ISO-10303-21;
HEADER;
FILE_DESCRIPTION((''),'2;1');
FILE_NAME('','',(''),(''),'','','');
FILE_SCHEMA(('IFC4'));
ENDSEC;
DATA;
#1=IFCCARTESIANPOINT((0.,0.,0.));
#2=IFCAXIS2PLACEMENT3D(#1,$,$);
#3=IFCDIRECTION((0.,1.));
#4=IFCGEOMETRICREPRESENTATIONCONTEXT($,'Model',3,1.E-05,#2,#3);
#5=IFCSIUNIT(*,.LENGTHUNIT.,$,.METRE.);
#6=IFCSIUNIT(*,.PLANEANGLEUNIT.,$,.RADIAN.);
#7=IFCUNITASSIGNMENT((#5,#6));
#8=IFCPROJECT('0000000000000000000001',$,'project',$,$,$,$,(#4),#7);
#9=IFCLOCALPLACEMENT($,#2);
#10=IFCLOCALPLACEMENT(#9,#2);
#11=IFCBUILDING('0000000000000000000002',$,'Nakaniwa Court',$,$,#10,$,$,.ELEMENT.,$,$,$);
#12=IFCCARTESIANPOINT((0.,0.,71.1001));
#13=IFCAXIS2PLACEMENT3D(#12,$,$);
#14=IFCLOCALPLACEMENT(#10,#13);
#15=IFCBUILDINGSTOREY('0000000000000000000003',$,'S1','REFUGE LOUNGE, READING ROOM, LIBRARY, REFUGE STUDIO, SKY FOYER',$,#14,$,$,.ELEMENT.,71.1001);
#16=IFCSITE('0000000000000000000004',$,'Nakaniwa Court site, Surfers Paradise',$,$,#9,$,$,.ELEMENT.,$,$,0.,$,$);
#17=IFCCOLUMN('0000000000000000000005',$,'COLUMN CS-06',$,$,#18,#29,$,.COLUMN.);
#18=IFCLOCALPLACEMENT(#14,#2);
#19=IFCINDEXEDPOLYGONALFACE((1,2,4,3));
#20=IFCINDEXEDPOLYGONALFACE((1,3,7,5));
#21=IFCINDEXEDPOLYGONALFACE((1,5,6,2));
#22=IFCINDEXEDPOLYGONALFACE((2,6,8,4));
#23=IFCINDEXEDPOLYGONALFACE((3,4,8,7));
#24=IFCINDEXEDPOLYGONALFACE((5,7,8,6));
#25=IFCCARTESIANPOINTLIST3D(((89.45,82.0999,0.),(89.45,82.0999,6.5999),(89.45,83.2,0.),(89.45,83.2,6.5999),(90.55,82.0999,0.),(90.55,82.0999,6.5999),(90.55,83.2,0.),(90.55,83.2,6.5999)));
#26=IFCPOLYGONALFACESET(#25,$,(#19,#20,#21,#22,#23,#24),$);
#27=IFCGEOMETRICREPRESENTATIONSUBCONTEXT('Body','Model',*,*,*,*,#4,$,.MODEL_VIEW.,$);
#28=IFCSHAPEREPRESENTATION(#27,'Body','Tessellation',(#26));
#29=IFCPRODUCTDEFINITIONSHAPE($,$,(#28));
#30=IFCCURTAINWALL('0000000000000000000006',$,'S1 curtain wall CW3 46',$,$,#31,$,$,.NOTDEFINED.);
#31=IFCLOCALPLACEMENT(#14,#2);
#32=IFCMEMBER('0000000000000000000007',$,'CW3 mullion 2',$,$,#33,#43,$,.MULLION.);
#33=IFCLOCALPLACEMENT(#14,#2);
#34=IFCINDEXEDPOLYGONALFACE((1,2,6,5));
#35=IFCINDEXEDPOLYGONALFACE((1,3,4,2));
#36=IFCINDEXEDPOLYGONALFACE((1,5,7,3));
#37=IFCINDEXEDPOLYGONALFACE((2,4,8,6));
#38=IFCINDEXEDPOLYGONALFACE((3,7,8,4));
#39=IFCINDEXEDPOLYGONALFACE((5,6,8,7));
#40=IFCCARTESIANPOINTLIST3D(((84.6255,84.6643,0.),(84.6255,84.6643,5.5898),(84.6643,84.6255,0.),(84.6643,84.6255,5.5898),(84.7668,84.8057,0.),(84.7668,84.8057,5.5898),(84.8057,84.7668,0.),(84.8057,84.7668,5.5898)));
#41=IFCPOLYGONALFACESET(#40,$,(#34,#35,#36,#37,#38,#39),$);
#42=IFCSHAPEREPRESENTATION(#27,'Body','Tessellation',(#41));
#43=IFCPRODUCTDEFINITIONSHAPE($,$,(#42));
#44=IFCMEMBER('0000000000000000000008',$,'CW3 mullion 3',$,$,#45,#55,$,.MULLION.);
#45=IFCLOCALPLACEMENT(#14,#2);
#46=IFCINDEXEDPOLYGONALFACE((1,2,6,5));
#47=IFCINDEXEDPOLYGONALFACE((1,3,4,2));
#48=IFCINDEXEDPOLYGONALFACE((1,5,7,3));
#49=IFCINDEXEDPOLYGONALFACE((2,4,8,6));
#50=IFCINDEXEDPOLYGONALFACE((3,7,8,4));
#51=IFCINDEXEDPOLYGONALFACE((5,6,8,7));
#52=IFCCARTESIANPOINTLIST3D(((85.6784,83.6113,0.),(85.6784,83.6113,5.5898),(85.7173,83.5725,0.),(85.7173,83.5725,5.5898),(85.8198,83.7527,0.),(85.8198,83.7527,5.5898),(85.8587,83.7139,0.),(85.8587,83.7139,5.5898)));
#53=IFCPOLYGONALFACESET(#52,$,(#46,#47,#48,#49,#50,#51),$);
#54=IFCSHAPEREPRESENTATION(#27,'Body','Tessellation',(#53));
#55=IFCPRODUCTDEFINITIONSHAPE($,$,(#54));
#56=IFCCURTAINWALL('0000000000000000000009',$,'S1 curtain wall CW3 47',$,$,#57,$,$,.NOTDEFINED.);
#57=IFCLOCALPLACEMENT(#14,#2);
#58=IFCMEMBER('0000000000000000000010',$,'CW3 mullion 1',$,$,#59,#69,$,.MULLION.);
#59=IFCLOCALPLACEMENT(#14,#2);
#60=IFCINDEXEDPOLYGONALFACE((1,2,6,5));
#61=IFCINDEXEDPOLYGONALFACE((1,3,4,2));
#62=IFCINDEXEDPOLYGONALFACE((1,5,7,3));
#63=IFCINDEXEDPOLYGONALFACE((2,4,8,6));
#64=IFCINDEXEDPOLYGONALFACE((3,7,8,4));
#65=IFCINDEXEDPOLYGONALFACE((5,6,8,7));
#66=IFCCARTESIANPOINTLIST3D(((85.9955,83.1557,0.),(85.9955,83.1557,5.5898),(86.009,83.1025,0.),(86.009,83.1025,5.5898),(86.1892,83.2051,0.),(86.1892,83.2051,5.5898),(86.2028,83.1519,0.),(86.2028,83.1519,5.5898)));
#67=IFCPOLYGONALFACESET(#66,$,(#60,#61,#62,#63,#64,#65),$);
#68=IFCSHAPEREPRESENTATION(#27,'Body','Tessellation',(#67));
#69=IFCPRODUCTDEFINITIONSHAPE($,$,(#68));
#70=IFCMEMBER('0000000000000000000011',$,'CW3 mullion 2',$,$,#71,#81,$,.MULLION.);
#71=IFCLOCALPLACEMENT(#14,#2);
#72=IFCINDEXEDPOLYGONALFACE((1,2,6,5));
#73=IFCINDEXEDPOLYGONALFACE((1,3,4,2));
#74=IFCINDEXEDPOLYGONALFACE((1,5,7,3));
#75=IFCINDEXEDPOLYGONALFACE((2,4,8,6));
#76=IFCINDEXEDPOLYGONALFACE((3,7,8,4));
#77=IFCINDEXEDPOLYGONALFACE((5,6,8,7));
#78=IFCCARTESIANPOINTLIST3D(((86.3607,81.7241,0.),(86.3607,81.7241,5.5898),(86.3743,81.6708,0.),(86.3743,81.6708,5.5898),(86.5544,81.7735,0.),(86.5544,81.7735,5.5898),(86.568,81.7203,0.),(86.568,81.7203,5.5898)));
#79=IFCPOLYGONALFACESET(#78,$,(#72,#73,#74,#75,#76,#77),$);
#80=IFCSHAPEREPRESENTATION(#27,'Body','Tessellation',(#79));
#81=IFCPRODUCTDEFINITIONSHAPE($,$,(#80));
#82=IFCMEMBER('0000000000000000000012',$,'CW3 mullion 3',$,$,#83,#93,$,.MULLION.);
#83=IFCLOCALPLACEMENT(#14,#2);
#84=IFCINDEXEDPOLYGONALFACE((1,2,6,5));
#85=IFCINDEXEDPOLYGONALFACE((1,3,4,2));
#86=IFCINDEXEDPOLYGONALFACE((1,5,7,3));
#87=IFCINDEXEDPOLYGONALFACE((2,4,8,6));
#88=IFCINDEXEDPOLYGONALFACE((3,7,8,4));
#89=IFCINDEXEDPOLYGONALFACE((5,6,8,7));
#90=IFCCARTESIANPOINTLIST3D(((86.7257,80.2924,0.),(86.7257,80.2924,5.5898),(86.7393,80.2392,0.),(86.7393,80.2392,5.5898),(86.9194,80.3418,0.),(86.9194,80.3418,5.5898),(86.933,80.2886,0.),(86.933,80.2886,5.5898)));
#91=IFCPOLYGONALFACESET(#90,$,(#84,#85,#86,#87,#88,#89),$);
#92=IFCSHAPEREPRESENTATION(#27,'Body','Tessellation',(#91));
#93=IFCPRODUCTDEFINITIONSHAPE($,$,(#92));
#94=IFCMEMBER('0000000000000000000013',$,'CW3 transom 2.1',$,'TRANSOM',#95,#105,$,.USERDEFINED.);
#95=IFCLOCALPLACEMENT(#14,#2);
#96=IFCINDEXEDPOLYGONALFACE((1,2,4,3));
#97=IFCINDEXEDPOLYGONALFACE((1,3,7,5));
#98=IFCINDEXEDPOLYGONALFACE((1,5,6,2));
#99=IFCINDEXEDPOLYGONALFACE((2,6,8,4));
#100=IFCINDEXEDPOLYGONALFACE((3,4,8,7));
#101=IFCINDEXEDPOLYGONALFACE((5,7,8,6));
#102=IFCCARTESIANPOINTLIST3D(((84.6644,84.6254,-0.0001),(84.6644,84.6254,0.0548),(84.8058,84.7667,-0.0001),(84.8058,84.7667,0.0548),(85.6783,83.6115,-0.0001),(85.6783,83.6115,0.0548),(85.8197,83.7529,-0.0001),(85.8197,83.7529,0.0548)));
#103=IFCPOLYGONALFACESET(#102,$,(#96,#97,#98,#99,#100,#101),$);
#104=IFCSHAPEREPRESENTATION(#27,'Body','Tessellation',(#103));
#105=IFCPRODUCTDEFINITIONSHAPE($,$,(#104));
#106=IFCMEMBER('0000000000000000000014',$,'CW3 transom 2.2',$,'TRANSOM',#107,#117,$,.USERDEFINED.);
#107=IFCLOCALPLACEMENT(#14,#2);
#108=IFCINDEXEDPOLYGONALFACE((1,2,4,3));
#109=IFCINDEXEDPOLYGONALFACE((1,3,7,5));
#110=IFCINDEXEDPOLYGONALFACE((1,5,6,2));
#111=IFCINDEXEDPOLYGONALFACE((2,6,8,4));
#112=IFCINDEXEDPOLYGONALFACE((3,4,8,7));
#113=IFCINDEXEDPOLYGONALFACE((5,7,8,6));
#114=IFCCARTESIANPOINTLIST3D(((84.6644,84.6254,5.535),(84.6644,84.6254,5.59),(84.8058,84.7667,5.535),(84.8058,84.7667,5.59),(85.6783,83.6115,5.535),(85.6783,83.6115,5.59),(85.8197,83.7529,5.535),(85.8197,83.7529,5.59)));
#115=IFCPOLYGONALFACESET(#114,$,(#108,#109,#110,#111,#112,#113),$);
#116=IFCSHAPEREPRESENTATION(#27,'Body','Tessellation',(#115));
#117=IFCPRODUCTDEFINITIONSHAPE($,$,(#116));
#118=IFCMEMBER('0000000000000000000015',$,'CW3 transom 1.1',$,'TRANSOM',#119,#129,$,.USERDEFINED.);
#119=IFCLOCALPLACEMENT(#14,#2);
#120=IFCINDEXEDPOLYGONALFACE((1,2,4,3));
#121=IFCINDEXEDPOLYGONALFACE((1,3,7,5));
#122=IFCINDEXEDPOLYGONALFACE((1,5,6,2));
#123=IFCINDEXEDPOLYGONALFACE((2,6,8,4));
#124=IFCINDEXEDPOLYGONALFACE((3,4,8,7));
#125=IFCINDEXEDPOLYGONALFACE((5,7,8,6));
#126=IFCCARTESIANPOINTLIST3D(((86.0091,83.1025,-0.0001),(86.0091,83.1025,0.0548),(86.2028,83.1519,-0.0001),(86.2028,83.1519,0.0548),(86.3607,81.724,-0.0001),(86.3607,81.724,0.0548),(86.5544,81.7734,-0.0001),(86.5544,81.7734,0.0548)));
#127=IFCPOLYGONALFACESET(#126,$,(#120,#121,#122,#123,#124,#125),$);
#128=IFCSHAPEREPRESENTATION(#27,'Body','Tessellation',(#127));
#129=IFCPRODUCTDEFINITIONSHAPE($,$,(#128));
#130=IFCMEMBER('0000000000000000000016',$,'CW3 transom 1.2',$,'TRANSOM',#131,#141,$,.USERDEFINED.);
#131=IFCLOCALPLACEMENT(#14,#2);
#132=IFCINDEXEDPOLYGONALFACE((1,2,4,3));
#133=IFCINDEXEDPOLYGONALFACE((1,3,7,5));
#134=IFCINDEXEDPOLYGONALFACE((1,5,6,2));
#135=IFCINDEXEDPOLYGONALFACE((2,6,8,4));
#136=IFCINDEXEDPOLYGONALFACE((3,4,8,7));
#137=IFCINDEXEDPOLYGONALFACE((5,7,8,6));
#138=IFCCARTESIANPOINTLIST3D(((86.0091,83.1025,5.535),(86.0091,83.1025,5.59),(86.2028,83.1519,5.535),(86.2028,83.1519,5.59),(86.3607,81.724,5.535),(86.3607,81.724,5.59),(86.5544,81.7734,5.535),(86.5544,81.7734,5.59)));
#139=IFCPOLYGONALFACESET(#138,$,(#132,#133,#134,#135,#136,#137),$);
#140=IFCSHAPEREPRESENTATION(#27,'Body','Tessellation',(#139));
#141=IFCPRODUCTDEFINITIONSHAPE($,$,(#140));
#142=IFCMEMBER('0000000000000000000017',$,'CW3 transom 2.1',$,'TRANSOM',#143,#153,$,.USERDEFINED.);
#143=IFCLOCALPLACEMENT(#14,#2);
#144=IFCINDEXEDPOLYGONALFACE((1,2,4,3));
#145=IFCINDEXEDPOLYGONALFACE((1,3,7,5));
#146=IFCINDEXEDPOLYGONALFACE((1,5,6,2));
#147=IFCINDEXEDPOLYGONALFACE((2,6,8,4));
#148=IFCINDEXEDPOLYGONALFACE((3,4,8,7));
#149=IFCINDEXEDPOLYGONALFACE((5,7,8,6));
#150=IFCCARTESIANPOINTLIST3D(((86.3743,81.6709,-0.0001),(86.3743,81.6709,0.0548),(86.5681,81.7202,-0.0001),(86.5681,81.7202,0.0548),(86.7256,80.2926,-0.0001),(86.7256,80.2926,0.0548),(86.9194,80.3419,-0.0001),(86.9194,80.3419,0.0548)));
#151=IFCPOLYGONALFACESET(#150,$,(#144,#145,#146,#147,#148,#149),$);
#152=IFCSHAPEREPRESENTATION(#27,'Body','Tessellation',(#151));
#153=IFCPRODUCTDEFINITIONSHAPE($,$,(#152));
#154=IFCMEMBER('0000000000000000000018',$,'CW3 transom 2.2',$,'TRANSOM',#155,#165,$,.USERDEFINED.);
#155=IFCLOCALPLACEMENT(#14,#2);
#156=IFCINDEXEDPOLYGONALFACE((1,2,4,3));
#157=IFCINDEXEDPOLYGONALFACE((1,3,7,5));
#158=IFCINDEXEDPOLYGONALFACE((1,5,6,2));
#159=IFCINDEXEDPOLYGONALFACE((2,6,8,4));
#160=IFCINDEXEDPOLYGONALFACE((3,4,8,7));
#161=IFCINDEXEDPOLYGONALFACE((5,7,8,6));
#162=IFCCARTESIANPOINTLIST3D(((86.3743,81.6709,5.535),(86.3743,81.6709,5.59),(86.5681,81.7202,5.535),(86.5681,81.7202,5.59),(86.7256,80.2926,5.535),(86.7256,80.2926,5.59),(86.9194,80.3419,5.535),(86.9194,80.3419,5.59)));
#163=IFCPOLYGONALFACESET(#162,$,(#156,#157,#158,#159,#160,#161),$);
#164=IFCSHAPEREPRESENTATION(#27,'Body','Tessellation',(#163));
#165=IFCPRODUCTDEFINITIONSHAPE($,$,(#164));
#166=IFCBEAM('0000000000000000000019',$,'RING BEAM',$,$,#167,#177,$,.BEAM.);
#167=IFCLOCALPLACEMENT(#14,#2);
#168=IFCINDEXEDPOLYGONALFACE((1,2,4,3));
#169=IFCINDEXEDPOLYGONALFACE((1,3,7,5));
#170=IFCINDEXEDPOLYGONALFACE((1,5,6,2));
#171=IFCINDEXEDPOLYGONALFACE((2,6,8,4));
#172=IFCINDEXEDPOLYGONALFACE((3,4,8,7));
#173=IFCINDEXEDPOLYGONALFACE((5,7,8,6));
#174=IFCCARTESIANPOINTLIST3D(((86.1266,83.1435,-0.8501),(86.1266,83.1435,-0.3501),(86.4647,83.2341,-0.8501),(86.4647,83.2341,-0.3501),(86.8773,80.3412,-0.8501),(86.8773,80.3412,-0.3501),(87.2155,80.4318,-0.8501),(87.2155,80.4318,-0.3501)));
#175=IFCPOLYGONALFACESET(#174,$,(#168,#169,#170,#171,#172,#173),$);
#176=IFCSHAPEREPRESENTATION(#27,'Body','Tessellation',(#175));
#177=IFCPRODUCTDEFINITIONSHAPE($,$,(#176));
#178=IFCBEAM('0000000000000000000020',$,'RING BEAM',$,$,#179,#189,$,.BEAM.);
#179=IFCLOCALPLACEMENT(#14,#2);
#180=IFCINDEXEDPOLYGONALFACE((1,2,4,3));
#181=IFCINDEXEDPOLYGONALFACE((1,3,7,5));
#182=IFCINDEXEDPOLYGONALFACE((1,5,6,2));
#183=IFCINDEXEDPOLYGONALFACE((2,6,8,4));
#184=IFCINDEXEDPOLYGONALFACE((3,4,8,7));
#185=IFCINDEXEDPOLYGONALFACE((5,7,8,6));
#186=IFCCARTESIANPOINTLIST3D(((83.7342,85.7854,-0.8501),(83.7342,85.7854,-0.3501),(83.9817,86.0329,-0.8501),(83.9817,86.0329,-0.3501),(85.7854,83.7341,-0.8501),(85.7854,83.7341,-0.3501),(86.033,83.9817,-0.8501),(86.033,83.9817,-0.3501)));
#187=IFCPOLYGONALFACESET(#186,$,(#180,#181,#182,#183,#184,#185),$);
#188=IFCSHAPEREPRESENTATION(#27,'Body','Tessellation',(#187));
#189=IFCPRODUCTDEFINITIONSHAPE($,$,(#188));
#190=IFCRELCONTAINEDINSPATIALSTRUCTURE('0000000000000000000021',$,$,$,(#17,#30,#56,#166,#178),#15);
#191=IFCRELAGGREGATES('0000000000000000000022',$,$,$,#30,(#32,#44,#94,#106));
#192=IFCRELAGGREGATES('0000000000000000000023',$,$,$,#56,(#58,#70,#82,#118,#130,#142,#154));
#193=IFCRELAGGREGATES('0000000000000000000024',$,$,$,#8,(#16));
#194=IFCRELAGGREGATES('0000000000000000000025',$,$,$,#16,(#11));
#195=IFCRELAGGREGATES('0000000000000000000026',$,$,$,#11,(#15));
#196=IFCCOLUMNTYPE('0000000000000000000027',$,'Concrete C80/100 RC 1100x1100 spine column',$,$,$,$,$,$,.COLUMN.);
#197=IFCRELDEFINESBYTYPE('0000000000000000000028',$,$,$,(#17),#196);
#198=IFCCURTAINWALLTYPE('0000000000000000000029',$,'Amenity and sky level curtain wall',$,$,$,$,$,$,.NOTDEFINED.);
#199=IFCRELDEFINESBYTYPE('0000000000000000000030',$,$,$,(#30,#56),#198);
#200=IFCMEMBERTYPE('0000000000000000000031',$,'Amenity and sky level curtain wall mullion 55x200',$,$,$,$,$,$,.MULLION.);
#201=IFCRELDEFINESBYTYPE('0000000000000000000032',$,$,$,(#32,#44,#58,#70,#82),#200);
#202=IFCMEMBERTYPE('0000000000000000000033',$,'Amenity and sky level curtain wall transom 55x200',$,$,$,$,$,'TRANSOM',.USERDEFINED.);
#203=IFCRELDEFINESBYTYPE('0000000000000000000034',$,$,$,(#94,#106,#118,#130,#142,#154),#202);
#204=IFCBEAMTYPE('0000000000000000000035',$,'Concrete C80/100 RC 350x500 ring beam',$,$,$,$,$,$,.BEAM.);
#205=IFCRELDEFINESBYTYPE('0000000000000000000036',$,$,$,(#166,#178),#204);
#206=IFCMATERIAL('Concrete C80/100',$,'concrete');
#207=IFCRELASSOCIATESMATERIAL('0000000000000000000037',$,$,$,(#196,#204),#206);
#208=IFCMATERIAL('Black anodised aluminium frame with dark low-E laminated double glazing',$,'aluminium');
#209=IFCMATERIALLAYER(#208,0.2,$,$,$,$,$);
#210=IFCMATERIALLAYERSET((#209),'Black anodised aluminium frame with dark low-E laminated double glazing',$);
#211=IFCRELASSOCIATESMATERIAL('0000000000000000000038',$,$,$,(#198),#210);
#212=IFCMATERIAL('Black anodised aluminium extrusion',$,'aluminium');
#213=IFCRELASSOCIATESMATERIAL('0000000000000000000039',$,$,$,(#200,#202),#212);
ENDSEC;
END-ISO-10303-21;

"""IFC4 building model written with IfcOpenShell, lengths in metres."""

from ifc_helpers import new_model, si_unit, direction, frame, origin, origin_2d, place, context, subcontext, project, spatial, rectangle, extrude, material, layer, layer_set, material_profile, profile_set, type_object, element, aggregate, save


model = new_model("IFC4")

# Units and contexts
model_context = context("Model", 3, precision=1e-05, world=origin(), true_north=direction((0.0, 1.0)))
body_context = subcontext(model_context, "Body", "Model", "MODEL_VIEW")
ifc_project = project(units=[si_unit("LENGTHUNIT", "METRE"), si_unit("PLANEANGLEUNIT", "RADIAN")], contexts=[model_context])

# Site, building, storey
site_placement = place(None, origin())
site = spatial("IfcSite", under=ifc_project, at=site_placement, Name="Nakaniwa Court site, Surfers Paradise", CompositionType="ELEMENT", RefElevation=0.0)
building_placement = place(site_placement, origin())
building = spatial("IfcBuilding", under=site, at=building_placement, Name="Nakaniwa Court", CompositionType="ELEMENT")
storey_placement = place(building_placement, frame((0.0, 0.0, 71.1001)))
storey = spatial("IfcBuildingStorey", under=building, at=storey_placement, Name="S1", Description="REFUGE LOUNGE, READING ROOM, LIBRARY, REFUGE STUDIO, SKY FOYER", CompositionType="ELEMENT", Elevation=71.1001)

# Column
ifc_material_1 = material(Name="Concrete C80/100", Category="concrete")
ifc_material_profile_1 = material_profile(ifc_material_1, rectangle(XDim=1.1001, YDim=1.1001, at=origin_2d()), Name="Concrete C80/100 RC 1100x1100 spine column")
ifc_profile_set_1 = profile_set([ifc_material_profile_1], Name="Concrete C80/100")
column_type_1 = type_object("IfcColumnType", Name="Concrete C80/100 RC 1100x1100 spine column", PredefinedType="COLUMN", material=ifc_profile_set_1)
column_1_placement = place(storey_placement, frame((90.0, 82.6499, 0.0), z_axis=(0.0, 0.0, 1.0), x_axis=(0.0, 1.0, 0.0)))
element("IfcColumn", 1, at=column_1_placement, inside=storey, type_object=column_type_1, Name="COLUMN CS-06", PredefinedType="COLUMN", context=body_context, shape_type="SweptSolid", body=[
    extrude(rectangle(XDim=1.1001, YDim=1.1001, at=origin_2d()), origin(), (0.0, 0.0, 1.0), 6.5999),
])

# Curtain walls, members
ifc_material_2 = material(Name="Black anodised aluminium frame with dark low-E laminated double glazing", Category="aluminium")
ifc_layer_1 = layer(ifc_material_2, 0.2)
ifc_layer_set_1 = layer_set([ifc_layer_1], Name="Black anodised aluminium frame with dark low-E laminated double glazing")
curtain_wall_type = type_object("IfcCurtainWallType", Name="Amenity and sky level curtain wall", PredefinedType="NOTDEFINED", material=ifc_layer_set_1)
curtain_wall_1_placement = place(storey_placement, origin())
curtain_wall_1 = element("IfcCurtainWall", 2, at=curtain_wall_1_placement, inside=storey, type_object=curtain_wall_type, Name="S1 curtain wall CW3 46", PredefinedType="NOTDEFINED")
ifc_material_3 = material(Name="Black anodised aluminium extrusion", Category="aluminium")
ifc_material_profile_2 = material_profile(ifc_material_3, rectangle(XDim=0.2, YDim=0.0549, at=origin_2d()), Name="Amenity and sky level curtain wall mullion 55x200")
ifc_profile_set_2 = profile_set([ifc_material_profile_2], Name="Black anodised aluminium extrusion")
member_type_1 = type_object("IfcMemberType", Name="Amenity and sky level curtain wall mullion 55x200", PredefinedType="MULLION", material=ifc_profile_set_2)
member_1_placement = place(storey_placement, frame((84.7156, 84.7156, 0.0), z_axis=(0.0, 0.0, 1.0), x_axis=(0.707107, 0.707107, 0.0)))
member_1 = element("IfcMember", 3, at=member_1_placement, type_object=member_type_1, Name="CW3 mullion 2", PredefinedType="MULLION", context=body_context, shape_type="SweptSolid", body=[
    extrude(rectangle(XDim=0.2, YDim=0.0549, at=origin_2d()), origin(), (0.0, 0.0, 1.0), 5.5898),
])
member_2_placement = place(storey_placement, frame((85.7686, 83.6626, 0.0), z_axis=(0.0, 0.0, 1.0), x_axis=(0.707107, 0.707107, 0.0)))
member_2 = element("IfcMember", 4, at=member_2_placement, type_object=member_type_1, Name="CW3 mullion 3", PredefinedType="MULLION", context=body_context, shape_type="SweptSolid", body=[
    extrude(rectangle(XDim=0.2, YDim=0.0549, at=origin_2d()), origin(), (0.0, 0.0, 1.0), 5.5898),
])
curtain_wall_2_placement = place(storey_placement, origin())
curtain_wall_2 = element("IfcCurtainWall", 5, at=curtain_wall_2_placement, inside=storey, type_object=curtain_wall_type, Name="S1 curtain wall CW3 47", PredefinedType="NOTDEFINED")
member_3_placement = place(storey_placement, frame((86.0991, 83.1538, 0.0), z_axis=(0.0, 0.0, 1.0), x_axis=(0.968986, 0.247114, 0.0)))
member_3 = element("IfcMember", 6, at=member_3_placement, type_object=member_type_1, Name="CW3 mullion 1", PredefinedType="MULLION", context=body_context, shape_type="SweptSolid", body=[
    extrude(rectangle(XDim=0.2, YDim=0.0549, at=origin_2d()), origin(), (0.0, 0.0, 1.0), 5.5898),
])
member_4_placement = place(storey_placement, frame((86.4644, 81.7222, 0.0), z_axis=(0.0, 0.0, 1.0), x_axis=(0.968986, 0.247114, 0.0)))
member_4 = element("IfcMember", 7, at=member_4_placement, type_object=member_type_1, Name="CW3 mullion 2", PredefinedType="MULLION", context=body_context, shape_type="SweptSolid", body=[
    extrude(rectangle(XDim=0.2, YDim=0.0549, at=origin_2d()), origin(), (0.0, 0.0, 1.0), 5.5898),
])
member_5_placement = place(storey_placement, frame((86.8293, 80.2905, 0.0), z_axis=(0.0, 0.0, 1.0), x_axis=(0.968986, 0.247114, 0.0)))
member_5 = element("IfcMember", 8, at=member_5_placement, type_object=member_type_1, Name="CW3 mullion 3", PredefinedType="MULLION", context=body_context, shape_type="SweptSolid", body=[
    extrude(rectangle(XDim=0.2, YDim=0.0549, at=origin_2d()), origin(), (0.0, 0.0, 1.0), 5.5898),
])

# Members
ifc_material_profile_3 = material_profile(ifc_material_3, rectangle(XDim=0.2, YDim=0.0549, at=origin_2d()), Name="Amenity and sky level curtain wall transom 55x200")
ifc_profile_set_3 = profile_set([ifc_material_profile_3], Name="Black anodised aluminium extrusion")
member_type_2 = type_object("IfcMemberType", Name="Amenity and sky level curtain wall transom 55x200", ElementType="TRANSOM", PredefinedType="USERDEFINED", material=ifc_profile_set_3)
member_6_placement = place(storey_placement, frame((84.7351, 84.696, 0.0273), z_axis=(0.707107, -0.707107, 0.0), x_axis=(0.707107, 0.707107, 0.0)))
member_6 = element("IfcMember", 9, at=member_6_placement, type_object=member_type_2, Name="CW3 transom 2.1", ObjectType="TRANSOM", PredefinedType="USERDEFINED", context=body_context, shape_type="SweptSolid", body=[
    extrude(rectangle(XDim=0.2, YDim=0.0549, at=origin_2d()), origin(), (0.0, 0.0, 1.0), 1.4338),
])
member_7_placement = place(storey_placement, frame((84.7351, 84.696, 5.5625), z_axis=(0.707107, -0.707107, 0.0), x_axis=(0.707107, 0.707107, 0.0)))
member_7 = element("IfcMember", 10, at=member_7_placement, type_object=member_type_2, Name="CW3 transom 2.2", ObjectType="TRANSOM", PredefinedType="USERDEFINED", context=body_context, shape_type="SweptSolid", body=[
    extrude(rectangle(XDim=0.2, YDim=0.0549, at=origin_2d()), origin(), (0.0, 0.0, 1.0), 1.4338),
])
member_8_placement = place(storey_placement, frame((86.106, 83.1272, 0.0273), z_axis=(0.247136, -0.968981, 0.0), x_axis=(0.968981, 0.247136, 0.0)))
member_8 = element("IfcMember", 11, at=member_8_placement, type_object=member_type_2, Name="CW3 transom 1.1", ObjectType="TRANSOM", PredefinedType="USERDEFINED", context=body_context, shape_type="SweptSolid", body=[
    extrude(rectangle(XDim=0.2, YDim=0.0549, at=origin_2d()), origin(), (0.0, 0.0, 1.0), 1.4226),
])
member_9_placement = place(storey_placement, frame((86.106, 83.1272, 5.5625), z_axis=(0.247136, -0.968981, 0.0), x_axis=(0.968981, 0.247136, 0.0)))
member_9 = element("IfcMember", 12, at=member_9_placement, type_object=member_type_2, Name="CW3 transom 1.2", ObjectType="TRANSOM", PredefinedType="USERDEFINED", context=body_context, shape_type="SweptSolid", body=[
    extrude(rectangle(XDim=0.2, YDim=0.0549, at=origin_2d()), origin(), (0.0, 0.0, 1.0), 1.4226),
])
member_10_placement = place(storey_placement, frame((86.4712, 81.6956, 0.0273), z_axis=(0.246975, -0.969022, 0.0), x_axis=(0.969022, 0.246975, 0.0)))
member_10 = element("IfcMember", 13, at=member_10_placement, type_object=member_type_2, Name="CW3 transom 2.1", ObjectType="TRANSOM", PredefinedType="USERDEFINED", context=body_context, shape_type="SweptSolid", body=[
    extrude(rectangle(XDim=0.2, YDim=0.0549, at=origin_2d()), origin(), (0.0, 0.0, 1.0), 1.4224),
])
member_11_placement = place(storey_placement, frame((86.4712, 81.6956, 5.5625), z_axis=(0.246975, -0.969022, 0.0), x_axis=(0.969022, 0.246975, 0.0)))
member_11 = element("IfcMember", 14, at=member_11_placement, type_object=member_type_2, Name="CW3 transom 2.2", ObjectType="TRANSOM", PredefinedType="USERDEFINED", context=body_context, shape_type="SweptSolid", body=[
    extrude(rectangle(XDim=0.2, YDim=0.0549, at=origin_2d()), origin(), (0.0, 0.0, 1.0), 1.4224),
])

# Beams
ifc_material_profile_4 = material_profile(ifc_material_1, rectangle(XDim=0.3501, YDim=0.5, at=origin_2d()), Name="Concrete C80/100 RC 350x500 ring beam")
ifc_profile_set_4 = profile_set([ifc_material_profile_4], Name="Concrete C80/100")
beam_type_1 = type_object("IfcBeamType", Name="Concrete C80/100 RC 350x500 ring beam", PredefinedType="BEAM", material=ifc_profile_set_4)
beam_1_placement = place(storey_placement, frame((87.0464, 80.3865, -0.6001), z_axis=(-0.258778, 0.965937, 0.0), x_axis=(-0.965937, -0.258778, 0.0)))
element("IfcBeam", 15, at=beam_1_placement, inside=storey, type_object=beam_type_1, Name="RING BEAM", PredefinedType="BEAM", context=body_context, shape_type="SweptSolid", body=[
    extrude(rectangle(XDim=0.3501, YDim=0.5, at=origin_2d()), origin(), (0.0, 0.0, 1.0), 2.9011),
])
beam_2_placement = place(storey_placement, frame((85.9092, 83.8579, -0.6001), z_axis=(-0.707107, 0.707107, 0.0), x_axis=(-0.707107, -0.707107, 0.0)))
element("IfcBeam", 16, at=beam_2_placement, inside=storey, type_object=beam_type_1, Name="RING BEAM", PredefinedType="BEAM", context=body_context, shape_type="SweptSolid", body=[
    extrude(rectangle(XDim=0.3501, YDim=0.5, at=origin_2d()), origin(), (0.0, 0.0, 1.0), 2.9009),
])

aggregate(curtain_wall_1, [member_1, member_2, member_6, member_7])
aggregate(curtain_wall_2, [member_3, member_4, member_5, member_8, member_9, member_10, member_11])

save(model, "model.ifc")
